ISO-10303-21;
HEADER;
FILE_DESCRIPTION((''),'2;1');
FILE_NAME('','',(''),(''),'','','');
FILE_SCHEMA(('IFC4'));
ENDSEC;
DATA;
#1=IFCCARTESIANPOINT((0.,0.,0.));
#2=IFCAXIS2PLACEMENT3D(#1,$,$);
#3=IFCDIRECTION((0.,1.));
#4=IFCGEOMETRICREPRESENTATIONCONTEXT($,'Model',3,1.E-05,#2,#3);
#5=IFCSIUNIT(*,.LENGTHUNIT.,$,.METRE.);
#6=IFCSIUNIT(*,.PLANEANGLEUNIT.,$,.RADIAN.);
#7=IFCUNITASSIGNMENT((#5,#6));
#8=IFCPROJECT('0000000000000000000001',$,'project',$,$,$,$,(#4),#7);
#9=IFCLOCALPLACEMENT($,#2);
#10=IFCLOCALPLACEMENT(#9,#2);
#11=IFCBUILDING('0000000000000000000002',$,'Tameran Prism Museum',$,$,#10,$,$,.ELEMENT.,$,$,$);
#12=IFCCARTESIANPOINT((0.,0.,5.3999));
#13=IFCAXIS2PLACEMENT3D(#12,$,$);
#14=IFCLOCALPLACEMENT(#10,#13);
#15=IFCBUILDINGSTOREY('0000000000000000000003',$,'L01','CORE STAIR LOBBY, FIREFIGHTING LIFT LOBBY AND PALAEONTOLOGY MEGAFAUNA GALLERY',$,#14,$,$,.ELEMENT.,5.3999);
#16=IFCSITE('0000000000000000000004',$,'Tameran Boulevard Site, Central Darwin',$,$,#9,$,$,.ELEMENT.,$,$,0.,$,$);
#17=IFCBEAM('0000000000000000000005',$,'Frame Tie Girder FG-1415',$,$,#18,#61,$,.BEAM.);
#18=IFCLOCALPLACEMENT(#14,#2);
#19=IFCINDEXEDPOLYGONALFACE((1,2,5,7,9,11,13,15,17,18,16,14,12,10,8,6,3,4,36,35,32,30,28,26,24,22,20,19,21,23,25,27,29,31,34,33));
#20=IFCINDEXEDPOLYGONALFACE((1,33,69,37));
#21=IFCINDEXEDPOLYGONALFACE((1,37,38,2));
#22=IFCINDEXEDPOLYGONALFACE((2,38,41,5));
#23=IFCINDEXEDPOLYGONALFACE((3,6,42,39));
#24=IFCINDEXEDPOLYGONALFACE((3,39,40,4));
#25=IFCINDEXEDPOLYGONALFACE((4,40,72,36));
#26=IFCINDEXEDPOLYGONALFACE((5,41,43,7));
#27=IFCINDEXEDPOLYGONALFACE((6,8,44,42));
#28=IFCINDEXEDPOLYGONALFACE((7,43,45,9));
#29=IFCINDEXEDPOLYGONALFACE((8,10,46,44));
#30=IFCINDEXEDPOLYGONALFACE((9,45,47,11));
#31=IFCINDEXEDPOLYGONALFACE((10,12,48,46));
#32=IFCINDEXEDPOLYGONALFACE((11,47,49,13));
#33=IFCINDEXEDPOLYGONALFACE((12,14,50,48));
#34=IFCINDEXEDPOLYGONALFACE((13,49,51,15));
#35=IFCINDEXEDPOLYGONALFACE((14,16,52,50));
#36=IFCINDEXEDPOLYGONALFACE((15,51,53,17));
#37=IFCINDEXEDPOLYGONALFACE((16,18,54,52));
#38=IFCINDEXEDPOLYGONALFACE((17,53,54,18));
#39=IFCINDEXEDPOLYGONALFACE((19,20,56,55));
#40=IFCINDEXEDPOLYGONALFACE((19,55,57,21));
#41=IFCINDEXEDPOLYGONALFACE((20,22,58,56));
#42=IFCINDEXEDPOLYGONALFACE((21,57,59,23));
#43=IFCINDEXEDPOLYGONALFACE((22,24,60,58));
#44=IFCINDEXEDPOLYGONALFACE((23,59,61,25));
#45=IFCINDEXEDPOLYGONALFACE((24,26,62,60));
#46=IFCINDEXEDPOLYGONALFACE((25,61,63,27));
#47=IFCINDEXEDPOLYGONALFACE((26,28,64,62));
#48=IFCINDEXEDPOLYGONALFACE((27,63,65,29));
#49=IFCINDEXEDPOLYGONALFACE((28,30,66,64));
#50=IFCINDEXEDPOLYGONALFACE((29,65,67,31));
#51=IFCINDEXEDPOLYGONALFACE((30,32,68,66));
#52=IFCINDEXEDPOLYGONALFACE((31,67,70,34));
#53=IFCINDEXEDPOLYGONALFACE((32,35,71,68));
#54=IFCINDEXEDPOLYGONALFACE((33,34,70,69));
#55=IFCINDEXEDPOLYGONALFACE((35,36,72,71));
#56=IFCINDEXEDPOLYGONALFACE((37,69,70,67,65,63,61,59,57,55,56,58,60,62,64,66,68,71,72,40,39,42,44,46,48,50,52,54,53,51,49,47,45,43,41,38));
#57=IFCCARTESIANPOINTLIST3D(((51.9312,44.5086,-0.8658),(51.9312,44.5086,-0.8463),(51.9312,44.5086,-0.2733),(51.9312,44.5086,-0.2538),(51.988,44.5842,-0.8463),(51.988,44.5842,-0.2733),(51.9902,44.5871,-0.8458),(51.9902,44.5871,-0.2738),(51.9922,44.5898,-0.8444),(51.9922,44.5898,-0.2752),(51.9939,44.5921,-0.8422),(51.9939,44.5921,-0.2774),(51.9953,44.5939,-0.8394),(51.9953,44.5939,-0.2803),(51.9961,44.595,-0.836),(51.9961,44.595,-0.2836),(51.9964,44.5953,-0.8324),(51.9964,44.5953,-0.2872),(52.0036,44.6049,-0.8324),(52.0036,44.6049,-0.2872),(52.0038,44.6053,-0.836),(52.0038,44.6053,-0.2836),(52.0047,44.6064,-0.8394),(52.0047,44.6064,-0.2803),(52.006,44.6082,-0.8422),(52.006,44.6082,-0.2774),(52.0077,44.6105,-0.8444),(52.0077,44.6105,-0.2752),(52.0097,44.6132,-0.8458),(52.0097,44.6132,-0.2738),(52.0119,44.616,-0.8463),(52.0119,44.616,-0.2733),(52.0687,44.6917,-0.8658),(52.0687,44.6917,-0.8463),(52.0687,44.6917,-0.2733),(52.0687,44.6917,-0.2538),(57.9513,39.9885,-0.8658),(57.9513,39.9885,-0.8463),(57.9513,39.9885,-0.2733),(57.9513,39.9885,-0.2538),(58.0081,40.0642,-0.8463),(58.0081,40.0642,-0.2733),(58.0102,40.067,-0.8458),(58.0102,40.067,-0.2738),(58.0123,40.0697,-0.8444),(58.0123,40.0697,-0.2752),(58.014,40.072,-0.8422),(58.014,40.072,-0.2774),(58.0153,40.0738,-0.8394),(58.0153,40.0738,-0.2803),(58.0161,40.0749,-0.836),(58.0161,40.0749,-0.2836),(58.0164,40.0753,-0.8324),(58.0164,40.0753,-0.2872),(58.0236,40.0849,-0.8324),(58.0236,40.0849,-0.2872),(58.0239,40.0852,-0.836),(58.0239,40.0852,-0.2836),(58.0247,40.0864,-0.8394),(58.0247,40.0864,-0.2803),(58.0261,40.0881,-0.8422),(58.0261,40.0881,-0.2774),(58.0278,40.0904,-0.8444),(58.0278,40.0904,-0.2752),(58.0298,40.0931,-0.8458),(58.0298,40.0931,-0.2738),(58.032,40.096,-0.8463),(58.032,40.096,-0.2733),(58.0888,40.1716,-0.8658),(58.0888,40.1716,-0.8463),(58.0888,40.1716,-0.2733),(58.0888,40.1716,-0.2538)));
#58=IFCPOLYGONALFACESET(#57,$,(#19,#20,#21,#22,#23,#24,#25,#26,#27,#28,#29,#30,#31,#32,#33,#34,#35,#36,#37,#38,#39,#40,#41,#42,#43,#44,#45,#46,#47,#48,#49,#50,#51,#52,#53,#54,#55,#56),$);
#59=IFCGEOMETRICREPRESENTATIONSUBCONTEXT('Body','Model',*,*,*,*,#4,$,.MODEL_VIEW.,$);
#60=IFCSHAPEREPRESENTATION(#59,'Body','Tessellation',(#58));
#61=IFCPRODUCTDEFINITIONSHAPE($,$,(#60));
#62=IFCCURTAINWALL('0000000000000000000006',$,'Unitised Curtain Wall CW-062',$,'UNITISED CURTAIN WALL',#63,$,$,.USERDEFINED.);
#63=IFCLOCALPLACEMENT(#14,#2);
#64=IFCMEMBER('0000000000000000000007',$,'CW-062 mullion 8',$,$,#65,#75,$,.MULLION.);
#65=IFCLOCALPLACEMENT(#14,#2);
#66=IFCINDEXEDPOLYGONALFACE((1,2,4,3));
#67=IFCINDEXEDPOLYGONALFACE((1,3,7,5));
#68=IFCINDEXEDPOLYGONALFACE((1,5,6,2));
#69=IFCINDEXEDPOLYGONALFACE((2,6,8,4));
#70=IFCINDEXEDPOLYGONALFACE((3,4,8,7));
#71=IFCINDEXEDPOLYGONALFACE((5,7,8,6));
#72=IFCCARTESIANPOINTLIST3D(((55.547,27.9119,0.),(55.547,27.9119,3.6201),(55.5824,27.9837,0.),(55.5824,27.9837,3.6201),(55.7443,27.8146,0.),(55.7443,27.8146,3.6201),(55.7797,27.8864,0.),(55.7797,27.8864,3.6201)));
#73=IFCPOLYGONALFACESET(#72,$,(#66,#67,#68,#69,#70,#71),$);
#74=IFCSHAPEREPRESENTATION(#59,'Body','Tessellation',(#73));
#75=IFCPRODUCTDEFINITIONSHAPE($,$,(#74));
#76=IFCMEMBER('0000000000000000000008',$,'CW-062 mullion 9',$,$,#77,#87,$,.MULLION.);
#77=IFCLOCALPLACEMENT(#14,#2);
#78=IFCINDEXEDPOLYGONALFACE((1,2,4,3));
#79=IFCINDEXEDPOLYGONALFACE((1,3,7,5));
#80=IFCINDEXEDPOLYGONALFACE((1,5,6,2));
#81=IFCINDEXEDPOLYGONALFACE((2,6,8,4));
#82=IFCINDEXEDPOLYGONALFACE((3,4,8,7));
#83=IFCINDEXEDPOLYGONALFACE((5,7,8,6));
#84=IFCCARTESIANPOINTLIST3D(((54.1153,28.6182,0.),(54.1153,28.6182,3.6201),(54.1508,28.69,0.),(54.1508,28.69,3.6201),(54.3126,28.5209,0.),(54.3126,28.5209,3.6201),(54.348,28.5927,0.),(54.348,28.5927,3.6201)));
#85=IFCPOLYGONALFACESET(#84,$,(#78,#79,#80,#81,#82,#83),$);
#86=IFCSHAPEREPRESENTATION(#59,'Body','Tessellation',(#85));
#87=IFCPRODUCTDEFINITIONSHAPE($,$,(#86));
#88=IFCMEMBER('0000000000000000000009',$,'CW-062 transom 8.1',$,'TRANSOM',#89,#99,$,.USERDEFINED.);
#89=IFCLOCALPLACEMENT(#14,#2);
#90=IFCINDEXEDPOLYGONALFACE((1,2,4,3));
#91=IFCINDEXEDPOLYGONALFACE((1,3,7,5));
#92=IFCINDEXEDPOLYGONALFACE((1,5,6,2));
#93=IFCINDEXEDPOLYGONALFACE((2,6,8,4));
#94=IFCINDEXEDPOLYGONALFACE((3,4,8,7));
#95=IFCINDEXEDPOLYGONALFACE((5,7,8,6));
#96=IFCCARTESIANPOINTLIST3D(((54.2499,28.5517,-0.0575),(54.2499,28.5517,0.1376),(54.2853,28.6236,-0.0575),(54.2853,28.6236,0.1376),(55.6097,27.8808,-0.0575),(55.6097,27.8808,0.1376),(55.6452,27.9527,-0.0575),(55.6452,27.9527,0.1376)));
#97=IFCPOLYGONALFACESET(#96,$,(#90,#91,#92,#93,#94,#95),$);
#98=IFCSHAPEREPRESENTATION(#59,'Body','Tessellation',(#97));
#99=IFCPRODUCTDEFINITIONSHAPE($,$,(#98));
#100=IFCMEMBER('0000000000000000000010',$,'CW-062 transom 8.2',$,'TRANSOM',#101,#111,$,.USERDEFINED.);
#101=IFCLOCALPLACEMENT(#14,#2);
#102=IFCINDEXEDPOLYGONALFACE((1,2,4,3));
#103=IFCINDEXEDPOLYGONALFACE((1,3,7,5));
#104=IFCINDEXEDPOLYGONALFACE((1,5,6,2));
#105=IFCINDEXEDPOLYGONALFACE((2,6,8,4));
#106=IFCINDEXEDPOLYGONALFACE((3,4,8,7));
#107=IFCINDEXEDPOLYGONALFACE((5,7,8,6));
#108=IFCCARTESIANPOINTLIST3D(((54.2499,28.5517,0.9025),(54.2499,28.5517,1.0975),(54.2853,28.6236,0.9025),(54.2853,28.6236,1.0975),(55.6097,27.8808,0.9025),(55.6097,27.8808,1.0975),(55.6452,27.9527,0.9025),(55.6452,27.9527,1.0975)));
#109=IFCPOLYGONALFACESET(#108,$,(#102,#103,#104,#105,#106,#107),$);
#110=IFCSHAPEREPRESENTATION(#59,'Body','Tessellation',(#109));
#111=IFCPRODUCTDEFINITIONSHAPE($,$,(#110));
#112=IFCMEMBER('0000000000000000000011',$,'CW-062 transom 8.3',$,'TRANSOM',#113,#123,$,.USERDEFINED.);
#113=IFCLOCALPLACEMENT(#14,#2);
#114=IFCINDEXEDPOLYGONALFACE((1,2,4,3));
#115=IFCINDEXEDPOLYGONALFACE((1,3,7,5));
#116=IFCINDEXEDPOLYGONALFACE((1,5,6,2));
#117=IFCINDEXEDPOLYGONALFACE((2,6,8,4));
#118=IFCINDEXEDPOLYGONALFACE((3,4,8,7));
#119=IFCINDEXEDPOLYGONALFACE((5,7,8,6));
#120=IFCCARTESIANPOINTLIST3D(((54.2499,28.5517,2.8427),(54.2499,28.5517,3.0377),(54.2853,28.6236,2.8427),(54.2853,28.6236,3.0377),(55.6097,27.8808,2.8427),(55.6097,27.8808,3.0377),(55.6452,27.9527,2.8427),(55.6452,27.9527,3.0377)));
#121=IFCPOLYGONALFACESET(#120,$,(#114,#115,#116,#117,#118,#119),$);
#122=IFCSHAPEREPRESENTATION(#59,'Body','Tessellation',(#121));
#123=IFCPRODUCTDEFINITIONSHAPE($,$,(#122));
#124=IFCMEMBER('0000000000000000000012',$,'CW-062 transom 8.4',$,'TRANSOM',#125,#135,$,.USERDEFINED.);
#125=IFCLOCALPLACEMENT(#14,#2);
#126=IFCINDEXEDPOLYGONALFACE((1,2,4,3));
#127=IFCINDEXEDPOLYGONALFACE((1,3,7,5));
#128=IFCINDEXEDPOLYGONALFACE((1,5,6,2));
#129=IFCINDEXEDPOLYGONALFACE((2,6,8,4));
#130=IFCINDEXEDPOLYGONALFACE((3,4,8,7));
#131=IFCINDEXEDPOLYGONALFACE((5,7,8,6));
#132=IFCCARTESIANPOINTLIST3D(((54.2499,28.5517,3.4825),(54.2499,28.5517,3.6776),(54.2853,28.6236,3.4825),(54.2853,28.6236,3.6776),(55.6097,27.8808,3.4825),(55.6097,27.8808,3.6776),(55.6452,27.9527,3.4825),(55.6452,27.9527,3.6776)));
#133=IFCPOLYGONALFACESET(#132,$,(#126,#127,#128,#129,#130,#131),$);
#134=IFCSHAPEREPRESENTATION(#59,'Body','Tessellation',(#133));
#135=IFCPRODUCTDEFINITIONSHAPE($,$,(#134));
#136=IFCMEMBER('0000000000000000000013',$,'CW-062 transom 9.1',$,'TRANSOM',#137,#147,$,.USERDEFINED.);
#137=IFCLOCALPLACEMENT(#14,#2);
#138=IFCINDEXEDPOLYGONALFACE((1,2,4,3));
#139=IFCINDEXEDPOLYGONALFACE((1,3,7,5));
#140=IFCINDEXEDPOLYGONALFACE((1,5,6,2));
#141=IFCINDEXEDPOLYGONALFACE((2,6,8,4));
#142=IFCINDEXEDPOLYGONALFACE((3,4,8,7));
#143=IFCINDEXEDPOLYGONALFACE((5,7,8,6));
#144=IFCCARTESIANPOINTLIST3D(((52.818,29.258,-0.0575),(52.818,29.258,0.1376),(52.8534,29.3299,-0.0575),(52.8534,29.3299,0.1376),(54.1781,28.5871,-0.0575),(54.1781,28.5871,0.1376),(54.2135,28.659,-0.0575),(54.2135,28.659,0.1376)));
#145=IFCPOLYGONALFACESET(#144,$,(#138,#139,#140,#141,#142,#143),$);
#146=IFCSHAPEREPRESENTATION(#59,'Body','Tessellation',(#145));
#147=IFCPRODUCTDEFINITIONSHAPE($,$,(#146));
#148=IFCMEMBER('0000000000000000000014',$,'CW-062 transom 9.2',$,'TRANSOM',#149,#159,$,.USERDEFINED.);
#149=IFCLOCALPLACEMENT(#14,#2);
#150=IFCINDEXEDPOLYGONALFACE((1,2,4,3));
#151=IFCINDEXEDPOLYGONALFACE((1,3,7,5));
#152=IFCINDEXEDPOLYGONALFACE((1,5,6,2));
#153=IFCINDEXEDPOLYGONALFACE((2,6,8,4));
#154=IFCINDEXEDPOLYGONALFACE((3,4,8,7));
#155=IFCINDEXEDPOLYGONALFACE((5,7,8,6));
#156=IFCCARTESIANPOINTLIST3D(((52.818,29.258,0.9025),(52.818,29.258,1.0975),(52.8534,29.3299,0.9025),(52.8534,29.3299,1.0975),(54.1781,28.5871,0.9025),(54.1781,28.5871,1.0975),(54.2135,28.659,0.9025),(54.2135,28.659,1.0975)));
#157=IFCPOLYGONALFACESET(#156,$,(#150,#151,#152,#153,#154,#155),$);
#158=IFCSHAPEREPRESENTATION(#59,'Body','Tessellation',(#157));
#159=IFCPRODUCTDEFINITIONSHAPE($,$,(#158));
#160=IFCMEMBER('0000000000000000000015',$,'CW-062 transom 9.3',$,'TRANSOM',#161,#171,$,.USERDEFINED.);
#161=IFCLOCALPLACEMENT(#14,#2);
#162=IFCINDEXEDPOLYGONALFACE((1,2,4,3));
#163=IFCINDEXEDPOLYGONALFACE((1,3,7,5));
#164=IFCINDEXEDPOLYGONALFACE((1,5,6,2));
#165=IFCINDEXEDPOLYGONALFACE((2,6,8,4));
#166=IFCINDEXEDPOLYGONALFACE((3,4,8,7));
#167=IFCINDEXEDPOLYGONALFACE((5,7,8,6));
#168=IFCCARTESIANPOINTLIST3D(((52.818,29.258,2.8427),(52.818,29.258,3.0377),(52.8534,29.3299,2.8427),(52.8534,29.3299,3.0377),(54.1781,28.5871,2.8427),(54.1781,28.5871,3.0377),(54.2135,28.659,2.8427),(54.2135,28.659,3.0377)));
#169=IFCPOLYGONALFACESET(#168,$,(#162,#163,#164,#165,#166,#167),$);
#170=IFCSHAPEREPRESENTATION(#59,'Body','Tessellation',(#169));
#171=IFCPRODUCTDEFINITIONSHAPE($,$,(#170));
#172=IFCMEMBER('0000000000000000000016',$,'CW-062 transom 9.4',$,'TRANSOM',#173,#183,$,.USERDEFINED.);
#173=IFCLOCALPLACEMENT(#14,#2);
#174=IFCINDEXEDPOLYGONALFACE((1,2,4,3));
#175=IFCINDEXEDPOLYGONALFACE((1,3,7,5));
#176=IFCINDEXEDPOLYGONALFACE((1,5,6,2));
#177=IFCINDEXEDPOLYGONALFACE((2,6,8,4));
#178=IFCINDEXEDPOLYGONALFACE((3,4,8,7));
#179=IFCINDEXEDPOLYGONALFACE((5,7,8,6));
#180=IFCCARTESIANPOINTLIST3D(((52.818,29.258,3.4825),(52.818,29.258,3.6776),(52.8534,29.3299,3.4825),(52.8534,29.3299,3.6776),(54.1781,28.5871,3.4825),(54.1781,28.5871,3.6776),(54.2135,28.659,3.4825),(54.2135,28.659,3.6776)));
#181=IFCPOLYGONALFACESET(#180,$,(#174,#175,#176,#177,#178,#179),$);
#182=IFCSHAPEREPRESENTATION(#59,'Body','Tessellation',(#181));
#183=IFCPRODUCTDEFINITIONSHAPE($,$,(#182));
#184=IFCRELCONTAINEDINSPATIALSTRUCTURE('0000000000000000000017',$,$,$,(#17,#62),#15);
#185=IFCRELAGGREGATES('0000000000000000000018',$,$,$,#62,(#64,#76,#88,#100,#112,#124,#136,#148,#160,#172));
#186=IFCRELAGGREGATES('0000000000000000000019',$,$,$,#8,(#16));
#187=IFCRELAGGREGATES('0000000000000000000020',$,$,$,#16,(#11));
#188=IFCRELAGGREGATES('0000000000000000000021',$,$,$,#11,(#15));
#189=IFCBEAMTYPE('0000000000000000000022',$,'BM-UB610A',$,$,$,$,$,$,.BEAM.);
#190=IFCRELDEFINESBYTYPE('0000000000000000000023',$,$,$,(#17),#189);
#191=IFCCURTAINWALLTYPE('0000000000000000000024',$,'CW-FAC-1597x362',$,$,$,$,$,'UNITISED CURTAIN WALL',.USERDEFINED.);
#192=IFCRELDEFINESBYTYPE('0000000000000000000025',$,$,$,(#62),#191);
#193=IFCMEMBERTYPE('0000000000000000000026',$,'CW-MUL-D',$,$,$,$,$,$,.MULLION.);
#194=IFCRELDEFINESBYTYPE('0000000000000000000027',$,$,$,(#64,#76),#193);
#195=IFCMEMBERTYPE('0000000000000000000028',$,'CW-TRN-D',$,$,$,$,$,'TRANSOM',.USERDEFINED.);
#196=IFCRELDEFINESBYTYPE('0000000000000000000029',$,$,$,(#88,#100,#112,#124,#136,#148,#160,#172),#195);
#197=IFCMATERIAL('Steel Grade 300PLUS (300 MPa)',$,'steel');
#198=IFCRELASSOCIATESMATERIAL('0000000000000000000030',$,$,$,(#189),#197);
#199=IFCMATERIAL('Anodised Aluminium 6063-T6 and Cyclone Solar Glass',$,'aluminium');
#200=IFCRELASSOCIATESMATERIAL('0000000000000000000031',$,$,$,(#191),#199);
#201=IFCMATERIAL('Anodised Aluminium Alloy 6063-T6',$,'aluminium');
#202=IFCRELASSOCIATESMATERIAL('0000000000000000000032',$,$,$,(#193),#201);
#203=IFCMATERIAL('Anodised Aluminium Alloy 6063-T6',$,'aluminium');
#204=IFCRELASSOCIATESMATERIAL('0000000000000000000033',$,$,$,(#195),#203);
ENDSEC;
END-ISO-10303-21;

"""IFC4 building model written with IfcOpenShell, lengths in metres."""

from ifc_helpers import new_model, si_unit, direction, frame, origin, origin_2d, place, context, subcontext, project, spatial, rectangle, i_section, extrude, material, material_profile, profile_set, type_object, element, aggregate, save


model = new_model("IFC4")

# Units and contexts
model_context = context("Model", 3, precision=1e-05, world=origin(), true_north=direction((0.0, 1.0)))
body_context = subcontext(model_context, "Body", "Model", "MODEL_VIEW")
ifc_project = project(units=[si_unit("LENGTHUNIT", "METRE"), si_unit("PLANEANGLEUNIT", "RADIAN")], contexts=[model_context])

# Site, building, storey
site_placement = place(None, origin())
site = spatial("IfcSite", under=ifc_project, at=site_placement, Name="Tameran Boulevard Site, Central Darwin", CompositionType="ELEMENT", RefElevation=0.0)
building_placement = place(site_placement, origin())
building = spatial("IfcBuilding", under=site, at=building_placement, Name="Tameran Prism Museum", CompositionType="ELEMENT")
storey_placement = place(building_placement, frame((0.0, 0.0, 5.3999)))
storey = spatial("IfcBuildingStorey", under=building, at=storey_placement, Name="L01", Description="CORE STAIR LOBBY, FIREFIGHTING LIFT LOBBY AND PALAEONTOLOGY MEGAFAUNA GALLERY", CompositionType="ELEMENT", Elevation=5.3999)

# Beam
ifc_material_1 = material(Name="Steel Grade 300PLUS (300 MPa)", Category="steel")
ifc_material_profile_1 = material_profile(ifc_material_1, i_section(OverallWidth=0.229, OverallDepth=0.6121, WebThickness=0.012, FlangeThickness=0.0195, FilletRadius=0.0139, at=origin_2d()))
ifc_profile_set_1 = profile_set([ifc_material_profile_1])
beam_type_1 = type_object("IfcBeamType", Name="BM-UB610A", PredefinedType="BEAM", material=ifc_profile_set_1)
beam_1_placement = place(storey_placement, frame((58.02, 40.0801, -0.5598), z_axis=(-0.799681, 0.600425, 0.0), x_axis=(-0.600425, -0.799681, 0.0)))
element("IfcBeam", 1, at=beam_1_placement, inside=storey, type_object=beam_type_1, Name="Frame Tie Girder FG-1415", PredefinedType="BEAM", context=body_context, shape_type="SweptSolid", body=[
    extrude(i_section(OverallWidth=0.229, OverallDepth=0.6121, WebThickness=0.012, FlangeThickness=0.0195, FilletRadius=0.0139, at=origin_2d()), origin(), (0.0, 0.0, 1.0), 7.5281),
])

# Curtain wall, members
ifc_material_2 = material(Name="Anodised Aluminium 6063-T6 and Cyclone Solar Glass", Category="aluminium")
curtain_wall_type = type_object("IfcCurtainWallType", Name="CW-FAC-1597x362", ElementType="UNITISED CURTAIN WALL", PredefinedType="USERDEFINED", material=ifc_material_2)
curtain_wall_placement = place(storey_placement, origin())
curtain_wall = element("IfcCurtainWall", 2, at=curtain_wall_placement, inside=storey, type_object=curtain_wall_type, Name="Unitised Curtain Wall CW-062", ObjectType="UNITISED CURTAIN WALL", PredefinedType="USERDEFINED")
ifc_material_3 = material(Name="Anodised Aluminium Alloy 6063-T6", Category="aluminium")
ifc_material_profile_2 = material_profile(ifc_material_3, rectangle(XDim=0.0801, YDim=0.22, at=origin_2d()))
ifc_profile_set_2 = profile_set([ifc_material_profile_2])
member_type_1 = type_object("IfcMemberType", Name="CW-MUL-D", PredefinedType="MULLION", material=ifc_profile_set_2)
member_1_placement = place(storey_placement, frame((55.6633, 27.8992, 0.0), z_axis=(0.0, 0.0, 1.0), x_axis=(-0.442397, -0.896819, 0.0)))
member_1 = element("IfcMember", 3, at=member_1_placement, type_object=member_type_1, Name="CW-062 mullion 8", PredefinedType="MULLION", context=body_context, shape_type="SweptSolid", body=[
    extrude(rectangle(XDim=0.0801, YDim=0.22, at=origin_2d()), origin(), (0.0, 0.0, 1.0), 3.6201),
])
member_2_placement = place(storey_placement, frame((54.2317, 28.6055, 0.0), z_axis=(0.0, 0.0, 1.0), x_axis=(-0.442397, -0.896819, 0.0)))
member_2 = element("IfcMember", 4, at=member_2_placement, type_object=member_type_1, Name="CW-062 mullion 9", PredefinedType="MULLION", context=body_context, shape_type="SweptSolid", body=[
    extrude(rectangle(XDim=0.0801, YDim=0.22, at=origin_2d()), origin(), (0.0, 0.0, 1.0), 3.6201),
])
ifc_material_4 = material(Name="Anodised Aluminium Alloy 6063-T6", Category="aluminium")
ifc_material_profile_3 = material_profile(ifc_material_4, rectangle(XDim=0.0801, YDim=0.1951, at=origin_2d()))
ifc_profile_set_3 = profile_set([ifc_material_profile_3])
member_type_2 = type_object("IfcMemberType", Name="CW-TRN-D", ElementType="TRANSOM", PredefinedType="USERDEFINED", material=ifc_profile_set_3)
member_3_placement = place(storey_placement, frame((55.6274, 27.9167, 0.04), z_axis=(-0.896797, 0.442442, 0.0), x_axis=(-0.442442, -0.896797, 0.0)))
member_3 = element("IfcMember", 5, at=member_3_placement, type_object=member_type_2, Name="CW-062 transom 8.1", ObjectType="TRANSOM", PredefinedType="USERDEFINED", context=body_context, shape_type="SweptSolid", body=[
    extrude(rectangle(XDim=0.0801, YDim=0.1951, at=origin_2d()), origin(), (0.0, 0.0, 1.0), 1.5164),
])
member_4_placement = place(storey_placement, frame((55.6274, 27.9167, 1.0), z_axis=(-0.896797, 0.442442, 0.0), x_axis=(-0.442442, -0.896797, 0.0)))
member_4 = element("IfcMember", 6, at=member_4_placement, type_object=member_type_2, Name="CW-062 transom 8.2", ObjectType="TRANSOM", PredefinedType="USERDEFINED", context=body_context, shape_type="SweptSolid", body=[
    extrude(rectangle(XDim=0.0801, YDim=0.1951, at=origin_2d()), origin(), (0.0, 0.0, 1.0), 1.5164),
])
member_5_placement = place(storey_placement, frame((55.6274, 27.9167, 2.9402), z_axis=(-0.896797, 0.442442, 0.0), x_axis=(-0.442442, -0.896797, 0.0)))
member_5 = element("IfcMember", 7, at=member_5_placement, type_object=member_type_2, Name="CW-062 transom 8.3", ObjectType="TRANSOM", PredefinedType="USERDEFINED", context=body_context, shape_type="SweptSolid", body=[
    extrude(rectangle(XDim=0.0801, YDim=0.1951, at=origin_2d()), origin(), (0.0, 0.0, 1.0), 1.5164),
])
member_6_placement = place(storey_placement, frame((55.6274, 27.9167, 3.5801), z_axis=(-0.896797, 0.442442, 0.0), x_axis=(-0.442442, -0.896797, 0.0)))
member_6 = element("IfcMember", 8, at=member_6_placement, type_object=member_type_2, Name="CW-062 transom 8.4", ObjectType="TRANSOM", PredefinedType="USERDEFINED", context=body_context, shape_type="SweptSolid", body=[
    extrude(rectangle(XDim=0.0801, YDim=0.1951, at=origin_2d()), origin(), (0.0, 0.0, 1.0), 1.5164),
])
member_7_placement = place(storey_placement, frame((54.1958, 28.623, 0.04), z_axis=(-0.896829, 0.442378, 0.0), x_axis=(-0.442378, -0.896829, 0.0)))
member_7 = element("IfcMember", 9, at=member_7_placement, type_object=member_type_2, Name="CW-062 transom 9.1", ObjectType="TRANSOM", PredefinedType="USERDEFINED", context=body_context, shape_type="SweptSolid", body=[
    extrude(rectangle(XDim=0.0801, YDim=0.1951, at=origin_2d()), origin(), (0.0, 0.0, 1.0), 1.5166),
])
member_8_placement = place(storey_placement, frame((54.1958, 28.623, 1.0), z_axis=(-0.896829, 0.442378, 0.0), x_axis=(-0.442378, -0.896829, 0.0)))
member_8 = element("IfcMember", 10, at=member_8_placement, type_object=member_type_2, Name="CW-062 transom 9.2", ObjectType="TRANSOM", PredefinedType="USERDEFINED", context=body_context, shape_type="SweptSolid", body=[
    extrude(rectangle(XDim=0.0801, YDim=0.1951, at=origin_2d()), origin(), (0.0, 0.0, 1.0), 1.5166),
])
member_9_placement = place(storey_placement, frame((54.1958, 28.623, 2.9402), z_axis=(-0.896829, 0.442378, 0.0), x_axis=(-0.442378, -0.896829, 0.0)))
member_9 = element("IfcMember", 11, at=member_9_placement, type_object=member_type_2, Name="CW-062 transom 9.3", ObjectType="TRANSOM", PredefinedType="USERDEFINED", context=body_context, shape_type="SweptSolid", body=[
    extrude(rectangle(XDim=0.0801, YDim=0.1951, at=origin_2d()), origin(), (0.0, 0.0, 1.0), 1.5166),
])
member_10_placement = place(storey_placement, frame((54.1958, 28.623, 3.5801), z_axis=(-0.896829, 0.442378, 0.0), x_axis=(-0.442378, -0.896829, 0.0)))
member_10 = element("IfcMember", 12, at=member_10_placement, type_object=member_type_2, Name="CW-062 transom 9.4", ObjectType="TRANSOM", PredefinedType="USERDEFINED", context=body_context, shape_type="SweptSolid", body=[
    extrude(rectangle(XDim=0.0801, YDim=0.1951, at=origin_2d()), origin(), (0.0, 0.0, 1.0), 1.5166),
])
aggregate(curtain_wall, [member_1, member_2, member_3, member_4, member_5, member_6, member_7, member_8, member_9, member_10])

save(model, "model.ifc")
